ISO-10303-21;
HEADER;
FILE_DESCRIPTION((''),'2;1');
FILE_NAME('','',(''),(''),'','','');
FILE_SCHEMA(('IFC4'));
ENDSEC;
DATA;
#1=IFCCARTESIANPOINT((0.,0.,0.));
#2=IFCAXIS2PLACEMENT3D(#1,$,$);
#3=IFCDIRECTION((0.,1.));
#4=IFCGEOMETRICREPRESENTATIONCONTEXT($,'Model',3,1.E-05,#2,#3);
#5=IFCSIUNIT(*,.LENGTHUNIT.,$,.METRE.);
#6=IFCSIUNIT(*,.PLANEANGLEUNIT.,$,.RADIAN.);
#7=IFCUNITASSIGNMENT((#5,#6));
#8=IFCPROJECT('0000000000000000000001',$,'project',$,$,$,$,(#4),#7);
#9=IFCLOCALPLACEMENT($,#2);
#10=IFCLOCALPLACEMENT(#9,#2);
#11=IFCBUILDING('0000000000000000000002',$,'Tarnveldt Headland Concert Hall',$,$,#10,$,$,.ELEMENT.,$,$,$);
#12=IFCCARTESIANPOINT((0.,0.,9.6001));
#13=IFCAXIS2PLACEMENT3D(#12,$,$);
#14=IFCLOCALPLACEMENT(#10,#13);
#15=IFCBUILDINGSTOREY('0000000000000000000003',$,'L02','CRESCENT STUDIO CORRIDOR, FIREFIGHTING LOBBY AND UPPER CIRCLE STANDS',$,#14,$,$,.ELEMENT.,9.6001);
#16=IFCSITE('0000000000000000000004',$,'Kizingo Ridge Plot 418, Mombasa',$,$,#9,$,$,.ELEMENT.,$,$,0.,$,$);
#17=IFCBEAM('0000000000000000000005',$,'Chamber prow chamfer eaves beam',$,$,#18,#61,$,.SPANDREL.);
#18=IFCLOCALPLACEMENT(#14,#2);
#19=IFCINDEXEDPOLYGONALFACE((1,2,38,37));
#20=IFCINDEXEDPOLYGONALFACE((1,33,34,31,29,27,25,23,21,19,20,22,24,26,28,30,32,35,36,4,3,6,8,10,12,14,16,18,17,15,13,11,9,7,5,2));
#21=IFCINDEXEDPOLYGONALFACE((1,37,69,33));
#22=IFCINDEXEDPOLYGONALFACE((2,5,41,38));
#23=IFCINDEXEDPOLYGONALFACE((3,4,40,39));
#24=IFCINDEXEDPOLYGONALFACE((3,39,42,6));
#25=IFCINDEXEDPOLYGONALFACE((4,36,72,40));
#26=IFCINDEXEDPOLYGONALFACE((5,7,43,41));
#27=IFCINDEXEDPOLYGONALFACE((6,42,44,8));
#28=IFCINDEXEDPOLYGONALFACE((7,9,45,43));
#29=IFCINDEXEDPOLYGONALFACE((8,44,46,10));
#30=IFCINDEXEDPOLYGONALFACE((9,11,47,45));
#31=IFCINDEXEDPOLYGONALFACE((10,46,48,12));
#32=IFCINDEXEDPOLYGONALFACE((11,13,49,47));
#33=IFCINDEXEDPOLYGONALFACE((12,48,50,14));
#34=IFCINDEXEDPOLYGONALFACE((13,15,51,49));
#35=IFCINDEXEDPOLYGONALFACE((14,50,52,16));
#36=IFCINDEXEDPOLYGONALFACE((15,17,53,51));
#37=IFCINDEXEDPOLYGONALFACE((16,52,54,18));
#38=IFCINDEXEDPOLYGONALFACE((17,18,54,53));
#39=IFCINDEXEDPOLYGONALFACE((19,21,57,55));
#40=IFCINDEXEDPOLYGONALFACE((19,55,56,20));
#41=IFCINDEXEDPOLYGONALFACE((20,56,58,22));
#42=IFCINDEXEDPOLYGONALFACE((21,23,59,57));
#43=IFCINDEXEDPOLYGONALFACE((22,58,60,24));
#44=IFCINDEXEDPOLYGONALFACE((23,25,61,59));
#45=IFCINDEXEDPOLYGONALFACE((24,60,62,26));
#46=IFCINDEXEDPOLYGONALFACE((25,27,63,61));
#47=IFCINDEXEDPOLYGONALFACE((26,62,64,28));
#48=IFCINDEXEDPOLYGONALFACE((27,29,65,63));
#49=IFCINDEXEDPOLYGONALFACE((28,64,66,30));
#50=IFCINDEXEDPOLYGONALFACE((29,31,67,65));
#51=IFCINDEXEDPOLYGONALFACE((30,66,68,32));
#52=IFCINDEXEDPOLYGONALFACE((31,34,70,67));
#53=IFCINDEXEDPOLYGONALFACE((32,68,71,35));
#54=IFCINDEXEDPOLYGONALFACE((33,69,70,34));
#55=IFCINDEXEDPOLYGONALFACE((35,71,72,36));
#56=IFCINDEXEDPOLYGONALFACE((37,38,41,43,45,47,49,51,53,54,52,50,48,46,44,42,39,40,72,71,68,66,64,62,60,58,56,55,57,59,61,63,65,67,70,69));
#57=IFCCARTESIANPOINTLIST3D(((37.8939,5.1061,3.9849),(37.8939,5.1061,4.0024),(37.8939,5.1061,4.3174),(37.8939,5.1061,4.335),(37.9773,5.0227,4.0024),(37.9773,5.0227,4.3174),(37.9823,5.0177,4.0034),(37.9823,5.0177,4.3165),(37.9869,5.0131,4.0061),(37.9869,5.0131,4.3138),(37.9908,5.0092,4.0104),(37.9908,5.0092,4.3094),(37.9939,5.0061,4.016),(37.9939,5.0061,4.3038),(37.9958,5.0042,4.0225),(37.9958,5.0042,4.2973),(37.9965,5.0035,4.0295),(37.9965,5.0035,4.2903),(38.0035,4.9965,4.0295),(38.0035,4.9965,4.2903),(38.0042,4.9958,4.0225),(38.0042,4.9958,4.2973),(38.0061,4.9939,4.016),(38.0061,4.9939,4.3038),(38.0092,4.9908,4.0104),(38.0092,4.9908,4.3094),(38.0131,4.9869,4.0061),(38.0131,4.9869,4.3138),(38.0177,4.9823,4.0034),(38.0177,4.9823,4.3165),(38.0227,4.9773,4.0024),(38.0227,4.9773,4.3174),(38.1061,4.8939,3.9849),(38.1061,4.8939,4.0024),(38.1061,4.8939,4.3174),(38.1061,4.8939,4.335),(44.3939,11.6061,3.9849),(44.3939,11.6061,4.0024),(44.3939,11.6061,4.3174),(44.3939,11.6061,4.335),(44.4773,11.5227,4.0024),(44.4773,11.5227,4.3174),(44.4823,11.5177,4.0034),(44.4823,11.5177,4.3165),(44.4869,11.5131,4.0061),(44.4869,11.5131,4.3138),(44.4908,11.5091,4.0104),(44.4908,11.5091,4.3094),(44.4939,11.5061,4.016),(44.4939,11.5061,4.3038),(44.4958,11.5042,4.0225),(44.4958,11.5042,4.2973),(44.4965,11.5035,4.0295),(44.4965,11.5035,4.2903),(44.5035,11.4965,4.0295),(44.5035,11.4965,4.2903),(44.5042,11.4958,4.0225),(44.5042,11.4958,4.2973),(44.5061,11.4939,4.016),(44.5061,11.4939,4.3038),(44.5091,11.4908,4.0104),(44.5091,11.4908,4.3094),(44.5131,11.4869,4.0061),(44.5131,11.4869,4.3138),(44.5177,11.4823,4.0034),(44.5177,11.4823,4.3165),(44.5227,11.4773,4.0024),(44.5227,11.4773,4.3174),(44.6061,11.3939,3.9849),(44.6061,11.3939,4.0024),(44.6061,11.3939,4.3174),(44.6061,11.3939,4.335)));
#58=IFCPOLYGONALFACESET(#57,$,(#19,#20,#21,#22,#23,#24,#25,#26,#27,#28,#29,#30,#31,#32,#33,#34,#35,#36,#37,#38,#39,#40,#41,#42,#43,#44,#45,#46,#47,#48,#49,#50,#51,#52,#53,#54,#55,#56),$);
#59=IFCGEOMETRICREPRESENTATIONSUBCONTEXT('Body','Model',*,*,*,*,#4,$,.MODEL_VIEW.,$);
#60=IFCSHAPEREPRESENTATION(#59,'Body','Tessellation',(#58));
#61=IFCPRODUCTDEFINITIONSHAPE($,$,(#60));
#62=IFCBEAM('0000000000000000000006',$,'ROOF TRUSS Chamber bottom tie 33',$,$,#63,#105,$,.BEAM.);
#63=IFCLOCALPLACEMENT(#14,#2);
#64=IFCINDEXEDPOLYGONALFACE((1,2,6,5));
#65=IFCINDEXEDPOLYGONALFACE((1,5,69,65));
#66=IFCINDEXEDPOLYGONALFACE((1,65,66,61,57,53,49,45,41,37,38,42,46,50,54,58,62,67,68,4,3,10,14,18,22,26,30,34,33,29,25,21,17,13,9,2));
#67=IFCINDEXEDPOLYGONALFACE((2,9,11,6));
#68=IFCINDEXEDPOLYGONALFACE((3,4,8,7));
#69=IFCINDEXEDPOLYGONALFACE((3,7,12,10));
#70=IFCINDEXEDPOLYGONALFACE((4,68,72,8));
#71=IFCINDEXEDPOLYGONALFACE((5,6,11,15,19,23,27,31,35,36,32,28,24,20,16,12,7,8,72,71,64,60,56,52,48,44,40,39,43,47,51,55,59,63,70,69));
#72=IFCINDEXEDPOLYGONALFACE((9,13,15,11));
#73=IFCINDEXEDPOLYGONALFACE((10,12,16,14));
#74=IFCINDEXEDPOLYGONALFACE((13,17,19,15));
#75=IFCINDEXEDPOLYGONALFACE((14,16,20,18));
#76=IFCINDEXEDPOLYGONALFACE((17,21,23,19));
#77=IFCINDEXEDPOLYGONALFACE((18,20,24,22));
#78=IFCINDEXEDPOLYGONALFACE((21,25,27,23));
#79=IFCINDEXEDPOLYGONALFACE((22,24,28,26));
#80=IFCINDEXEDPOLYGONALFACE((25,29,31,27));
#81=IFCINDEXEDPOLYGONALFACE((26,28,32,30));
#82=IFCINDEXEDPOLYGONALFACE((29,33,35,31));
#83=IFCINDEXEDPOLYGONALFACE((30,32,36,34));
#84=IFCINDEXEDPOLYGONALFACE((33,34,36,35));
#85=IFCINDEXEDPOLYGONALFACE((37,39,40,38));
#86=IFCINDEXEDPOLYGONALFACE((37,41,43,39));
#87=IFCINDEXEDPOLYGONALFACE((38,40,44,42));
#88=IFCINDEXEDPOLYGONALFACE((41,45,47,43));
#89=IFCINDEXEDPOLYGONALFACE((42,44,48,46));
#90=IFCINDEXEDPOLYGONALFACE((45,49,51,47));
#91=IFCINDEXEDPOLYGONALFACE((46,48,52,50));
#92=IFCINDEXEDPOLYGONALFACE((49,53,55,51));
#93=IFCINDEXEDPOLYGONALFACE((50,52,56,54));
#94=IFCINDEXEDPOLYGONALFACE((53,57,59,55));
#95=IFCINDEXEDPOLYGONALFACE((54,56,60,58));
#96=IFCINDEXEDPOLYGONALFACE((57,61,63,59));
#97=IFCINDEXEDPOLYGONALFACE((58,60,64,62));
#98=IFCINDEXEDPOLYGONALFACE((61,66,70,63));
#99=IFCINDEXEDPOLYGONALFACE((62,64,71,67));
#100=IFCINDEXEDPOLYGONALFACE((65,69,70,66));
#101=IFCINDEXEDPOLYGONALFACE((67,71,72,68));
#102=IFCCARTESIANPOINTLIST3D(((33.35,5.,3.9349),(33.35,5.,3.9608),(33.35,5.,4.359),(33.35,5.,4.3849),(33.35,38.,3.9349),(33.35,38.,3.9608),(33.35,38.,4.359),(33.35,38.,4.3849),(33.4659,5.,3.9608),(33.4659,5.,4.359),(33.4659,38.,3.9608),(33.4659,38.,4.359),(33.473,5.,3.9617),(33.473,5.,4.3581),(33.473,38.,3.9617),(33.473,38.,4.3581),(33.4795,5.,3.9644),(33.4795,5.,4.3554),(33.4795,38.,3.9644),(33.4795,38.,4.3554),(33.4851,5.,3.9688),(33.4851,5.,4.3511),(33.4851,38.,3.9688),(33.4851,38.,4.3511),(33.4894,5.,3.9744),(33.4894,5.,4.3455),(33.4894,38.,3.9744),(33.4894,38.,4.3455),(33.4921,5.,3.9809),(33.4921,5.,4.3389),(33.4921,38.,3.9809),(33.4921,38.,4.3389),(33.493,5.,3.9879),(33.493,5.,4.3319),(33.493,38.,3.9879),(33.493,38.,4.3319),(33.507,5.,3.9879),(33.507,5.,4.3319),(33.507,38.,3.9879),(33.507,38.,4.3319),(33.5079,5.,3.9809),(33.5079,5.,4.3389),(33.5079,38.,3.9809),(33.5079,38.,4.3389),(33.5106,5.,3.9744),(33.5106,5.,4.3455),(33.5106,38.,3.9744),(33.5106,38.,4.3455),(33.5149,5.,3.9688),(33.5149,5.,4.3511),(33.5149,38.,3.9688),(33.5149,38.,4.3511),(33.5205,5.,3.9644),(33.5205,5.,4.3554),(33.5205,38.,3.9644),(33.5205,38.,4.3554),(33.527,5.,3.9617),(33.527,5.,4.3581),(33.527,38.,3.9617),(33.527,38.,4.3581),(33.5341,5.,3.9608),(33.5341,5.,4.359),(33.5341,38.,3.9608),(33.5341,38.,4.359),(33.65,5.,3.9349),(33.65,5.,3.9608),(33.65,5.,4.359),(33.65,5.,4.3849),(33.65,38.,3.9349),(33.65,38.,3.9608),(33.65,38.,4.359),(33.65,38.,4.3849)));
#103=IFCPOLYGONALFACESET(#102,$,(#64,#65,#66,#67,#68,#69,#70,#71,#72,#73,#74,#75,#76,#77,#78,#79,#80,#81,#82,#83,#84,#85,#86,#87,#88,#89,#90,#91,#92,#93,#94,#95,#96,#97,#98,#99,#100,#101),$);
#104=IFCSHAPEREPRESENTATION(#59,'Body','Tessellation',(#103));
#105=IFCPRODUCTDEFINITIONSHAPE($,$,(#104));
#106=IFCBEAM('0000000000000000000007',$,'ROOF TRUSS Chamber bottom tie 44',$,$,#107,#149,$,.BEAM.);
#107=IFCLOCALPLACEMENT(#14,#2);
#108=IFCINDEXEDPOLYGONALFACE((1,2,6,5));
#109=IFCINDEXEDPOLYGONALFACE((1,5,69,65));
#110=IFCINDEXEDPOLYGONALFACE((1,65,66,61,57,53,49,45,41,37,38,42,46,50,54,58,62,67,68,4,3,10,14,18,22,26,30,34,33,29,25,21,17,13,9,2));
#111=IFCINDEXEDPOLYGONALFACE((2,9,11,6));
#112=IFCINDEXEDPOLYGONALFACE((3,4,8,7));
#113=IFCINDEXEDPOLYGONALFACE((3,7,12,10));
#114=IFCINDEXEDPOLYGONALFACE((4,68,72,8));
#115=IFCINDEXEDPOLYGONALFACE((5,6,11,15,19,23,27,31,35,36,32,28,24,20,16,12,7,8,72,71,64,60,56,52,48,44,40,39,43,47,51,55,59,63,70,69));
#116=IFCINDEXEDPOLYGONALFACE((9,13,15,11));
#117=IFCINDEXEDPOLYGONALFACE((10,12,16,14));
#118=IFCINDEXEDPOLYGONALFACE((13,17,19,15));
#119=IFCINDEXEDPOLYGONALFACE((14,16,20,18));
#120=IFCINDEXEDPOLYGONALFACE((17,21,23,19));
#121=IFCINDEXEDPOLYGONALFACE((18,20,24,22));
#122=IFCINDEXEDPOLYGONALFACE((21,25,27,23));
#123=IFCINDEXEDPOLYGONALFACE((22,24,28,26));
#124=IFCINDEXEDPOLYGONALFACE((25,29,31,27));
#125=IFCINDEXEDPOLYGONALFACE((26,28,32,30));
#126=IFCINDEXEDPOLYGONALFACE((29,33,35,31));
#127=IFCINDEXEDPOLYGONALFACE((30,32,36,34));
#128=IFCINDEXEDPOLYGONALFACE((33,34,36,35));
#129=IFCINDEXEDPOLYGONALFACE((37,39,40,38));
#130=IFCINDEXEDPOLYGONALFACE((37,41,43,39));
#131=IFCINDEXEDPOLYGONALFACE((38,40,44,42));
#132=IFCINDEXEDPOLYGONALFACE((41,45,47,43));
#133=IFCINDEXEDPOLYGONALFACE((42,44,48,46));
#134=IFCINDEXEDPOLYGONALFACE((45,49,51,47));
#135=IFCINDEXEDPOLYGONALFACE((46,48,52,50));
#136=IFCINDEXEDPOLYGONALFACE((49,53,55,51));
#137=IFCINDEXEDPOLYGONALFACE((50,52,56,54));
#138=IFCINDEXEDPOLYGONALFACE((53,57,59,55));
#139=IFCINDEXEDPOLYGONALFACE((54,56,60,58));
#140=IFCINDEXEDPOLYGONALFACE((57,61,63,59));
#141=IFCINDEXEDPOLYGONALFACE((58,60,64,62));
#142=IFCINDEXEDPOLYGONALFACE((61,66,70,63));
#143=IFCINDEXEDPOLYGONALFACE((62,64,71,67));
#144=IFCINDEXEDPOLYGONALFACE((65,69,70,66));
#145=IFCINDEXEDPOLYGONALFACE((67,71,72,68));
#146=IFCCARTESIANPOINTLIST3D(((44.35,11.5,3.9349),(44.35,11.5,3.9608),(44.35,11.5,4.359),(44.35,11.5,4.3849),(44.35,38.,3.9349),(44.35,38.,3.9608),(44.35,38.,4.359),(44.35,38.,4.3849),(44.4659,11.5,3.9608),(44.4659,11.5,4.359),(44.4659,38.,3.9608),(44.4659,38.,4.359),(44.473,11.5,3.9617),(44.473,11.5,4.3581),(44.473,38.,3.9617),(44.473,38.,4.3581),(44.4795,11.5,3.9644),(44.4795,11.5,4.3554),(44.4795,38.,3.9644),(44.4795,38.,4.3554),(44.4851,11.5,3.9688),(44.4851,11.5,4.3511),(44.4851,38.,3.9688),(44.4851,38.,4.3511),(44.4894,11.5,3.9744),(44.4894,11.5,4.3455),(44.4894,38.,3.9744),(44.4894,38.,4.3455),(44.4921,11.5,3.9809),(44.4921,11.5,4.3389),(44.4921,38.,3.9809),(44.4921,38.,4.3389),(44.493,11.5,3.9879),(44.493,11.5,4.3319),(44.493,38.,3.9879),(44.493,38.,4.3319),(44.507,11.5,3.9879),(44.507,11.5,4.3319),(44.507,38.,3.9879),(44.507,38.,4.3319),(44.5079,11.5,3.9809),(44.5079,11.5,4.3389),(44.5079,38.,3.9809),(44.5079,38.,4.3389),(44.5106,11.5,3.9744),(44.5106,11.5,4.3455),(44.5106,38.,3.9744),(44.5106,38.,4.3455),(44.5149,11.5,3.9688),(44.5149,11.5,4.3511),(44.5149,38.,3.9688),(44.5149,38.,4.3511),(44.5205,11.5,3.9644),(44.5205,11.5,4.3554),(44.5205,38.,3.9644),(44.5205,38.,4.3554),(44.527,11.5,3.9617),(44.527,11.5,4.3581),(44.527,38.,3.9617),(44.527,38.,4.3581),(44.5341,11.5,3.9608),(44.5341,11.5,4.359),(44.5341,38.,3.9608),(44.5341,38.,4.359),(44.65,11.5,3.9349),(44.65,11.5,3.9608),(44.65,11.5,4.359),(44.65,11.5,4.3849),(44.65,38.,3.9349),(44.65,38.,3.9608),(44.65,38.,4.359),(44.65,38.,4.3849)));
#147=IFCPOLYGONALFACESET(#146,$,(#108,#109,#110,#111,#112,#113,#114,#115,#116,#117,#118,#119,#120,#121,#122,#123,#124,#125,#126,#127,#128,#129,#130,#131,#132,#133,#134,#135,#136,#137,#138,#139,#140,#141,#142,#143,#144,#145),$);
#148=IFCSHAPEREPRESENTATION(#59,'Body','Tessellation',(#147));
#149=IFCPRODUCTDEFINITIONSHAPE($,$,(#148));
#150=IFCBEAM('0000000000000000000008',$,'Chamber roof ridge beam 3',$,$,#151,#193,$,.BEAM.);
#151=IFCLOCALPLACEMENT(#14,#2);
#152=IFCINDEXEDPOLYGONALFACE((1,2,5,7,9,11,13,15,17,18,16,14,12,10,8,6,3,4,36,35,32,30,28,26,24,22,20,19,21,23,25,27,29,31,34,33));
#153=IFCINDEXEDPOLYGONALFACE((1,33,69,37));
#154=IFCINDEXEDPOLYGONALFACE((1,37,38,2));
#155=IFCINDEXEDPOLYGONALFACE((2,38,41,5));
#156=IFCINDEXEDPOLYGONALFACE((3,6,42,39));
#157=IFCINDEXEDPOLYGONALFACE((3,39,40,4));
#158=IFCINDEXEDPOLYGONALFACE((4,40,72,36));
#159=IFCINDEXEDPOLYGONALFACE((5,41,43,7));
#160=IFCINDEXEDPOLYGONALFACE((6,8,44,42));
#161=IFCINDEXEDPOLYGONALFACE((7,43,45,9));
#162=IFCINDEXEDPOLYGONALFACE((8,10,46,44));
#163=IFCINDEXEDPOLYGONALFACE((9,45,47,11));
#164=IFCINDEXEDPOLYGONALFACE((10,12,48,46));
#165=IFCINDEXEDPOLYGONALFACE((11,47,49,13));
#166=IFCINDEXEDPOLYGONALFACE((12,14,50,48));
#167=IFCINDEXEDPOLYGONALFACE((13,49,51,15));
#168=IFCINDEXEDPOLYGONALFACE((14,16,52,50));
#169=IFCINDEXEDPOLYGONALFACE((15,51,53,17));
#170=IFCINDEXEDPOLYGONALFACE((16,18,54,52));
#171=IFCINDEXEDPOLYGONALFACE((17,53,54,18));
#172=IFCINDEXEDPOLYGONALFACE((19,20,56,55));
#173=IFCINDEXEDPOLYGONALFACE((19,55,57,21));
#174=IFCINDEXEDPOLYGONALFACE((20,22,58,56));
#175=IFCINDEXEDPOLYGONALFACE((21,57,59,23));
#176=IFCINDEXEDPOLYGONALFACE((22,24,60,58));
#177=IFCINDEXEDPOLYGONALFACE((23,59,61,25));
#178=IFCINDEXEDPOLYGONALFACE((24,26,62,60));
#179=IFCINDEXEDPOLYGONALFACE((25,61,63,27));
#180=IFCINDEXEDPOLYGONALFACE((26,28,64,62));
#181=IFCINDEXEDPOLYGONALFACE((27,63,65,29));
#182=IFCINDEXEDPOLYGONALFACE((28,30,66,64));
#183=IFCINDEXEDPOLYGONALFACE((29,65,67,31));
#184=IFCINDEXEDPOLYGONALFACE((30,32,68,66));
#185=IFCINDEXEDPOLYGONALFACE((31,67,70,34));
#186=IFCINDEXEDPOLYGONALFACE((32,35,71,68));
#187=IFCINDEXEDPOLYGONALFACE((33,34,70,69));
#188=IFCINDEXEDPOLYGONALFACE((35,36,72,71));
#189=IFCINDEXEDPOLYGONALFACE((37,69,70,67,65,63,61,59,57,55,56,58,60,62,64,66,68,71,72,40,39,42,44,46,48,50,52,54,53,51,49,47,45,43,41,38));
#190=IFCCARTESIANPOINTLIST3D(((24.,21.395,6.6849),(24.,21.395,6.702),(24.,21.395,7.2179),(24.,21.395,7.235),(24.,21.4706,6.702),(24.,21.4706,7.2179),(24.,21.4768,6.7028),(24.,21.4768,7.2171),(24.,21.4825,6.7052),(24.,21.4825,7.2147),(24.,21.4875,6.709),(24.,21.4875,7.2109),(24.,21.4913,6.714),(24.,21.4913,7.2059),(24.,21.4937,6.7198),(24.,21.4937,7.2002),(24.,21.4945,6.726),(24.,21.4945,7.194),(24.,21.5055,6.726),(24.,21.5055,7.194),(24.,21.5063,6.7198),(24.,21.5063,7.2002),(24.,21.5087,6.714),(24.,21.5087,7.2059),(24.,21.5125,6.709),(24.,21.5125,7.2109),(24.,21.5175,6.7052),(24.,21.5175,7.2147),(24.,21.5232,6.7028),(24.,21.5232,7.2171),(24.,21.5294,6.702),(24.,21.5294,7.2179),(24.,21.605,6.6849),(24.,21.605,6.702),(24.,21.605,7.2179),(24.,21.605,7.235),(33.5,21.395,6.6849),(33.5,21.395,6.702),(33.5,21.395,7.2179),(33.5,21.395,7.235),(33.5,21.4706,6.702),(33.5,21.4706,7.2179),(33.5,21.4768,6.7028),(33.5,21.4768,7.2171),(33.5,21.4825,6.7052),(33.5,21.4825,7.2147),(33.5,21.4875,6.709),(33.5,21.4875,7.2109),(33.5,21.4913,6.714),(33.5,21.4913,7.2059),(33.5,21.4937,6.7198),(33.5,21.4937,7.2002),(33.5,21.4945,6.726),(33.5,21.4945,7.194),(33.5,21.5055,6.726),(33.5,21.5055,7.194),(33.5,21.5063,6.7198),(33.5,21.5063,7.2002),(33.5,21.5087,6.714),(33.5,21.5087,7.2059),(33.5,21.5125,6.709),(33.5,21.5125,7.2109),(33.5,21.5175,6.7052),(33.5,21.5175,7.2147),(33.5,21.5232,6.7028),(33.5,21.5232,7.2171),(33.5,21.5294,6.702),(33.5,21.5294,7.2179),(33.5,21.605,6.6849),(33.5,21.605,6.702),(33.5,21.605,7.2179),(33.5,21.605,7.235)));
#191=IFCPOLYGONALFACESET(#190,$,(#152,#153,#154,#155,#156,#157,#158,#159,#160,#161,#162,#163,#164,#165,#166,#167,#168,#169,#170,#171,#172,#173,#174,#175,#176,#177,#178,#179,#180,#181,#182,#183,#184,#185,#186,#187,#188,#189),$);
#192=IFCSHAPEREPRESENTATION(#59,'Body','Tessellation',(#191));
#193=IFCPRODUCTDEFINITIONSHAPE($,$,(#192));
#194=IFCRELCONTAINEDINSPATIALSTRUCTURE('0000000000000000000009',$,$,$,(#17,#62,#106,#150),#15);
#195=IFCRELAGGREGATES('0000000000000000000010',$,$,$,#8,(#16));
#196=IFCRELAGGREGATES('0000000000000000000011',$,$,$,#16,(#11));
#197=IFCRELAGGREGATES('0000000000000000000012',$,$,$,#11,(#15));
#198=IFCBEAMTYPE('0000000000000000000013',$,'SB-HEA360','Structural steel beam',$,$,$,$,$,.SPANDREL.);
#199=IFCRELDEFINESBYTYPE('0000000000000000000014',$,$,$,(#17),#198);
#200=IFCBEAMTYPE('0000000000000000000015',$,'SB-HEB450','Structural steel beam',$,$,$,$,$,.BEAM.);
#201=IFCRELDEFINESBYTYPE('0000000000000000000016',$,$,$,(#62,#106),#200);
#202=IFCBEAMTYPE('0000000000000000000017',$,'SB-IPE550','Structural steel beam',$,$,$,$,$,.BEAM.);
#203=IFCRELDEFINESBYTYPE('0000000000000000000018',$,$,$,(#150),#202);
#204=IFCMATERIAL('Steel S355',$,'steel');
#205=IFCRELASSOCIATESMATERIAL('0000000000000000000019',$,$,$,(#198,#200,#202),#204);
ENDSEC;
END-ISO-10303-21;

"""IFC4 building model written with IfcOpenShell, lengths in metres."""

from ifc_helpers import new_model, si_unit, direction, frame, origin, origin_2d, place, context, subcontext, project, spatial, i_section, extrude, material, material_profile, profile_set, type_object, element, save


model = new_model("IFC4")

# Units and contexts
model_context = context("Model", 3, precision=1e-05, world=origin(), true_north=direction((0.0, 1.0)))
body_context = subcontext(model_context, "Body", "Model", "MODEL_VIEW")
ifc_project = project(units=[si_unit("LENGTHUNIT", "METRE"), si_unit("PLANEANGLEUNIT", "RADIAN")], contexts=[model_context])

# Site, building, storey
site_placement = place(None, origin())
site = spatial("IfcSite", under=ifc_project, at=site_placement, Name="Kizingo Ridge Plot 418, Mombasa", CompositionType="ELEMENT", RefElevation=0.0)
building_placement = place(site_placement, origin())
building = spatial("IfcBuilding", under=site, at=building_placement, Name="Tarnveldt Headland Concert Hall", CompositionType="ELEMENT")
storey_placement = place(building_placement, frame((0.0, 0.0, 9.6001)))
storey = spatial("IfcBuildingStorey", under=building, at=storey_placement, Name="L02", Description="CRESCENT STUDIO CORRIDOR, FIREFIGHTING LOBBY AND UPPER CIRCLE STANDS", CompositionType="ELEMENT", Elevation=9.6001)

# Shared definitions
ifc_material_1 = material(Name="Steel S355", Category="steel")

# Beams
ifc_material_profile_1 = material_profile(ifc_material_1, i_section(OverallWidth=0.3, OverallDepth=0.3501, WebThickness=0.01, FlangeThickness=0.0176, FilletRadius=0.0271, at=origin_2d()), Name="HEA360", Category="steel")
ifc_profile_set_1 = profile_set([ifc_material_profile_1], Name="Steel S355")
beam_type_1 = type_object("IfcBeamType", Name="SB-HEA360", Description="Structural steel beam", PredefinedType="SPANDREL", material=ifc_profile_set_1)
beam_1_placement = place(storey_placement, frame((38.0, 5.0, 4.1599), z_axis=(0.707107, 0.707107, 0.0), x_axis=(-0.707107, 0.707107, 0.0)))
element("IfcBeam", 1, at=beam_1_placement, inside=storey, type_object=beam_type_1, Name="Chamber prow chamfer eaves beam", PredefinedType="SPANDREL", context=body_context, shape_type="SweptSolid", body=[
    extrude(i_section(OverallWidth=0.3, OverallDepth=0.3501, WebThickness=0.01, FlangeThickness=0.0176, FilletRadius=0.0271, at=origin_2d()), origin(), (0.0, 0.0, 1.0), 9.1924),
])
ifc_material_profile_2 = material_profile(ifc_material_1, i_section(OverallWidth=0.3, OverallDepth=0.45, WebThickness=0.0139, FlangeThickness=0.0259, FilletRadius=0.0271, at=origin_2d()), Name="HEB450", Category="steel")
ifc_profile_set_2 = profile_set([ifc_material_profile_2], Name="Steel S355")
beam_type_2 = type_object("IfcBeamType", Name="SB-HEB450", Description="Structural steel beam", PredefinedType="BEAM", material=ifc_profile_set_2)
beam_2_placement = place(storey_placement, frame((33.5, 5.0, 4.1599), z_axis=(0.0, 1.0, 0.0), x_axis=(-1.0, 0.0, 0.0)))
element("IfcBeam", 2, at=beam_2_placement, inside=storey, type_object=beam_type_2, Name="ROOF TRUSS Chamber bottom tie 33", PredefinedType="BEAM", context=body_context, shape_type="SweptSolid", body=[
    extrude(i_section(OverallWidth=0.3, OverallDepth=0.45, WebThickness=0.0139, FlangeThickness=0.0259, FilletRadius=0.0271, at=origin_2d()), origin(), (0.0, 0.0, 1.0), 33.0),
])
beam_3_placement = place(storey_placement, frame((44.5, 11.5, 4.1599), z_axis=(0.0, 1.0, 0.0), x_axis=(-1.0, 0.0, 0.0)))
element("IfcBeam", 3, at=beam_3_placement, inside=storey, type_object=beam_type_2, Name="ROOF TRUSS Chamber bottom tie 44", PredefinedType="BEAM", context=body_context, shape_type="SweptSolid", body=[
    extrude(i_section(OverallWidth=0.3, OverallDepth=0.45, WebThickness=0.0139, FlangeThickness=0.0259, FilletRadius=0.0271, at=origin_2d()), origin(), (0.0, 0.0, 1.0), 26.5),
])
ifc_material_profile_3 = material_profile(ifc_material_1, i_section(OverallWidth=0.21, OverallDepth=0.55, WebThickness=0.011, FlangeThickness=0.0171, FilletRadius=0.0239, at=origin_2d()), Name="IPE550", Category="steel")
ifc_profile_set_3 = profile_set([ifc_material_profile_3], Name="Steel S355")
beam_type_3 = type_object("IfcBeamType", Name="SB-IPE550", Description="Structural steel beam", PredefinedType="BEAM", material=ifc_profile_set_3)
beam_4_placement = place(storey_placement, frame((24.0, 21.5, 6.96), z_axis=(1.0, 0.0, 0.0), x_axis=(0.0, 1.0, 0.0)))
element("IfcBeam", 4, at=beam_4_placement, inside=storey, type_object=beam_type_3, Name="Chamber roof ridge beam 3", PredefinedType="BEAM", context=body_context, shape_type="SweptSolid", body=[
    extrude(i_section(OverallWidth=0.21, OverallDepth=0.55, WebThickness=0.011, FlangeThickness=0.0171, FilletRadius=0.0239, at=origin_2d()), origin(), (0.0, 0.0, 1.0), 9.5),
])

save(model, "model.ifc")
